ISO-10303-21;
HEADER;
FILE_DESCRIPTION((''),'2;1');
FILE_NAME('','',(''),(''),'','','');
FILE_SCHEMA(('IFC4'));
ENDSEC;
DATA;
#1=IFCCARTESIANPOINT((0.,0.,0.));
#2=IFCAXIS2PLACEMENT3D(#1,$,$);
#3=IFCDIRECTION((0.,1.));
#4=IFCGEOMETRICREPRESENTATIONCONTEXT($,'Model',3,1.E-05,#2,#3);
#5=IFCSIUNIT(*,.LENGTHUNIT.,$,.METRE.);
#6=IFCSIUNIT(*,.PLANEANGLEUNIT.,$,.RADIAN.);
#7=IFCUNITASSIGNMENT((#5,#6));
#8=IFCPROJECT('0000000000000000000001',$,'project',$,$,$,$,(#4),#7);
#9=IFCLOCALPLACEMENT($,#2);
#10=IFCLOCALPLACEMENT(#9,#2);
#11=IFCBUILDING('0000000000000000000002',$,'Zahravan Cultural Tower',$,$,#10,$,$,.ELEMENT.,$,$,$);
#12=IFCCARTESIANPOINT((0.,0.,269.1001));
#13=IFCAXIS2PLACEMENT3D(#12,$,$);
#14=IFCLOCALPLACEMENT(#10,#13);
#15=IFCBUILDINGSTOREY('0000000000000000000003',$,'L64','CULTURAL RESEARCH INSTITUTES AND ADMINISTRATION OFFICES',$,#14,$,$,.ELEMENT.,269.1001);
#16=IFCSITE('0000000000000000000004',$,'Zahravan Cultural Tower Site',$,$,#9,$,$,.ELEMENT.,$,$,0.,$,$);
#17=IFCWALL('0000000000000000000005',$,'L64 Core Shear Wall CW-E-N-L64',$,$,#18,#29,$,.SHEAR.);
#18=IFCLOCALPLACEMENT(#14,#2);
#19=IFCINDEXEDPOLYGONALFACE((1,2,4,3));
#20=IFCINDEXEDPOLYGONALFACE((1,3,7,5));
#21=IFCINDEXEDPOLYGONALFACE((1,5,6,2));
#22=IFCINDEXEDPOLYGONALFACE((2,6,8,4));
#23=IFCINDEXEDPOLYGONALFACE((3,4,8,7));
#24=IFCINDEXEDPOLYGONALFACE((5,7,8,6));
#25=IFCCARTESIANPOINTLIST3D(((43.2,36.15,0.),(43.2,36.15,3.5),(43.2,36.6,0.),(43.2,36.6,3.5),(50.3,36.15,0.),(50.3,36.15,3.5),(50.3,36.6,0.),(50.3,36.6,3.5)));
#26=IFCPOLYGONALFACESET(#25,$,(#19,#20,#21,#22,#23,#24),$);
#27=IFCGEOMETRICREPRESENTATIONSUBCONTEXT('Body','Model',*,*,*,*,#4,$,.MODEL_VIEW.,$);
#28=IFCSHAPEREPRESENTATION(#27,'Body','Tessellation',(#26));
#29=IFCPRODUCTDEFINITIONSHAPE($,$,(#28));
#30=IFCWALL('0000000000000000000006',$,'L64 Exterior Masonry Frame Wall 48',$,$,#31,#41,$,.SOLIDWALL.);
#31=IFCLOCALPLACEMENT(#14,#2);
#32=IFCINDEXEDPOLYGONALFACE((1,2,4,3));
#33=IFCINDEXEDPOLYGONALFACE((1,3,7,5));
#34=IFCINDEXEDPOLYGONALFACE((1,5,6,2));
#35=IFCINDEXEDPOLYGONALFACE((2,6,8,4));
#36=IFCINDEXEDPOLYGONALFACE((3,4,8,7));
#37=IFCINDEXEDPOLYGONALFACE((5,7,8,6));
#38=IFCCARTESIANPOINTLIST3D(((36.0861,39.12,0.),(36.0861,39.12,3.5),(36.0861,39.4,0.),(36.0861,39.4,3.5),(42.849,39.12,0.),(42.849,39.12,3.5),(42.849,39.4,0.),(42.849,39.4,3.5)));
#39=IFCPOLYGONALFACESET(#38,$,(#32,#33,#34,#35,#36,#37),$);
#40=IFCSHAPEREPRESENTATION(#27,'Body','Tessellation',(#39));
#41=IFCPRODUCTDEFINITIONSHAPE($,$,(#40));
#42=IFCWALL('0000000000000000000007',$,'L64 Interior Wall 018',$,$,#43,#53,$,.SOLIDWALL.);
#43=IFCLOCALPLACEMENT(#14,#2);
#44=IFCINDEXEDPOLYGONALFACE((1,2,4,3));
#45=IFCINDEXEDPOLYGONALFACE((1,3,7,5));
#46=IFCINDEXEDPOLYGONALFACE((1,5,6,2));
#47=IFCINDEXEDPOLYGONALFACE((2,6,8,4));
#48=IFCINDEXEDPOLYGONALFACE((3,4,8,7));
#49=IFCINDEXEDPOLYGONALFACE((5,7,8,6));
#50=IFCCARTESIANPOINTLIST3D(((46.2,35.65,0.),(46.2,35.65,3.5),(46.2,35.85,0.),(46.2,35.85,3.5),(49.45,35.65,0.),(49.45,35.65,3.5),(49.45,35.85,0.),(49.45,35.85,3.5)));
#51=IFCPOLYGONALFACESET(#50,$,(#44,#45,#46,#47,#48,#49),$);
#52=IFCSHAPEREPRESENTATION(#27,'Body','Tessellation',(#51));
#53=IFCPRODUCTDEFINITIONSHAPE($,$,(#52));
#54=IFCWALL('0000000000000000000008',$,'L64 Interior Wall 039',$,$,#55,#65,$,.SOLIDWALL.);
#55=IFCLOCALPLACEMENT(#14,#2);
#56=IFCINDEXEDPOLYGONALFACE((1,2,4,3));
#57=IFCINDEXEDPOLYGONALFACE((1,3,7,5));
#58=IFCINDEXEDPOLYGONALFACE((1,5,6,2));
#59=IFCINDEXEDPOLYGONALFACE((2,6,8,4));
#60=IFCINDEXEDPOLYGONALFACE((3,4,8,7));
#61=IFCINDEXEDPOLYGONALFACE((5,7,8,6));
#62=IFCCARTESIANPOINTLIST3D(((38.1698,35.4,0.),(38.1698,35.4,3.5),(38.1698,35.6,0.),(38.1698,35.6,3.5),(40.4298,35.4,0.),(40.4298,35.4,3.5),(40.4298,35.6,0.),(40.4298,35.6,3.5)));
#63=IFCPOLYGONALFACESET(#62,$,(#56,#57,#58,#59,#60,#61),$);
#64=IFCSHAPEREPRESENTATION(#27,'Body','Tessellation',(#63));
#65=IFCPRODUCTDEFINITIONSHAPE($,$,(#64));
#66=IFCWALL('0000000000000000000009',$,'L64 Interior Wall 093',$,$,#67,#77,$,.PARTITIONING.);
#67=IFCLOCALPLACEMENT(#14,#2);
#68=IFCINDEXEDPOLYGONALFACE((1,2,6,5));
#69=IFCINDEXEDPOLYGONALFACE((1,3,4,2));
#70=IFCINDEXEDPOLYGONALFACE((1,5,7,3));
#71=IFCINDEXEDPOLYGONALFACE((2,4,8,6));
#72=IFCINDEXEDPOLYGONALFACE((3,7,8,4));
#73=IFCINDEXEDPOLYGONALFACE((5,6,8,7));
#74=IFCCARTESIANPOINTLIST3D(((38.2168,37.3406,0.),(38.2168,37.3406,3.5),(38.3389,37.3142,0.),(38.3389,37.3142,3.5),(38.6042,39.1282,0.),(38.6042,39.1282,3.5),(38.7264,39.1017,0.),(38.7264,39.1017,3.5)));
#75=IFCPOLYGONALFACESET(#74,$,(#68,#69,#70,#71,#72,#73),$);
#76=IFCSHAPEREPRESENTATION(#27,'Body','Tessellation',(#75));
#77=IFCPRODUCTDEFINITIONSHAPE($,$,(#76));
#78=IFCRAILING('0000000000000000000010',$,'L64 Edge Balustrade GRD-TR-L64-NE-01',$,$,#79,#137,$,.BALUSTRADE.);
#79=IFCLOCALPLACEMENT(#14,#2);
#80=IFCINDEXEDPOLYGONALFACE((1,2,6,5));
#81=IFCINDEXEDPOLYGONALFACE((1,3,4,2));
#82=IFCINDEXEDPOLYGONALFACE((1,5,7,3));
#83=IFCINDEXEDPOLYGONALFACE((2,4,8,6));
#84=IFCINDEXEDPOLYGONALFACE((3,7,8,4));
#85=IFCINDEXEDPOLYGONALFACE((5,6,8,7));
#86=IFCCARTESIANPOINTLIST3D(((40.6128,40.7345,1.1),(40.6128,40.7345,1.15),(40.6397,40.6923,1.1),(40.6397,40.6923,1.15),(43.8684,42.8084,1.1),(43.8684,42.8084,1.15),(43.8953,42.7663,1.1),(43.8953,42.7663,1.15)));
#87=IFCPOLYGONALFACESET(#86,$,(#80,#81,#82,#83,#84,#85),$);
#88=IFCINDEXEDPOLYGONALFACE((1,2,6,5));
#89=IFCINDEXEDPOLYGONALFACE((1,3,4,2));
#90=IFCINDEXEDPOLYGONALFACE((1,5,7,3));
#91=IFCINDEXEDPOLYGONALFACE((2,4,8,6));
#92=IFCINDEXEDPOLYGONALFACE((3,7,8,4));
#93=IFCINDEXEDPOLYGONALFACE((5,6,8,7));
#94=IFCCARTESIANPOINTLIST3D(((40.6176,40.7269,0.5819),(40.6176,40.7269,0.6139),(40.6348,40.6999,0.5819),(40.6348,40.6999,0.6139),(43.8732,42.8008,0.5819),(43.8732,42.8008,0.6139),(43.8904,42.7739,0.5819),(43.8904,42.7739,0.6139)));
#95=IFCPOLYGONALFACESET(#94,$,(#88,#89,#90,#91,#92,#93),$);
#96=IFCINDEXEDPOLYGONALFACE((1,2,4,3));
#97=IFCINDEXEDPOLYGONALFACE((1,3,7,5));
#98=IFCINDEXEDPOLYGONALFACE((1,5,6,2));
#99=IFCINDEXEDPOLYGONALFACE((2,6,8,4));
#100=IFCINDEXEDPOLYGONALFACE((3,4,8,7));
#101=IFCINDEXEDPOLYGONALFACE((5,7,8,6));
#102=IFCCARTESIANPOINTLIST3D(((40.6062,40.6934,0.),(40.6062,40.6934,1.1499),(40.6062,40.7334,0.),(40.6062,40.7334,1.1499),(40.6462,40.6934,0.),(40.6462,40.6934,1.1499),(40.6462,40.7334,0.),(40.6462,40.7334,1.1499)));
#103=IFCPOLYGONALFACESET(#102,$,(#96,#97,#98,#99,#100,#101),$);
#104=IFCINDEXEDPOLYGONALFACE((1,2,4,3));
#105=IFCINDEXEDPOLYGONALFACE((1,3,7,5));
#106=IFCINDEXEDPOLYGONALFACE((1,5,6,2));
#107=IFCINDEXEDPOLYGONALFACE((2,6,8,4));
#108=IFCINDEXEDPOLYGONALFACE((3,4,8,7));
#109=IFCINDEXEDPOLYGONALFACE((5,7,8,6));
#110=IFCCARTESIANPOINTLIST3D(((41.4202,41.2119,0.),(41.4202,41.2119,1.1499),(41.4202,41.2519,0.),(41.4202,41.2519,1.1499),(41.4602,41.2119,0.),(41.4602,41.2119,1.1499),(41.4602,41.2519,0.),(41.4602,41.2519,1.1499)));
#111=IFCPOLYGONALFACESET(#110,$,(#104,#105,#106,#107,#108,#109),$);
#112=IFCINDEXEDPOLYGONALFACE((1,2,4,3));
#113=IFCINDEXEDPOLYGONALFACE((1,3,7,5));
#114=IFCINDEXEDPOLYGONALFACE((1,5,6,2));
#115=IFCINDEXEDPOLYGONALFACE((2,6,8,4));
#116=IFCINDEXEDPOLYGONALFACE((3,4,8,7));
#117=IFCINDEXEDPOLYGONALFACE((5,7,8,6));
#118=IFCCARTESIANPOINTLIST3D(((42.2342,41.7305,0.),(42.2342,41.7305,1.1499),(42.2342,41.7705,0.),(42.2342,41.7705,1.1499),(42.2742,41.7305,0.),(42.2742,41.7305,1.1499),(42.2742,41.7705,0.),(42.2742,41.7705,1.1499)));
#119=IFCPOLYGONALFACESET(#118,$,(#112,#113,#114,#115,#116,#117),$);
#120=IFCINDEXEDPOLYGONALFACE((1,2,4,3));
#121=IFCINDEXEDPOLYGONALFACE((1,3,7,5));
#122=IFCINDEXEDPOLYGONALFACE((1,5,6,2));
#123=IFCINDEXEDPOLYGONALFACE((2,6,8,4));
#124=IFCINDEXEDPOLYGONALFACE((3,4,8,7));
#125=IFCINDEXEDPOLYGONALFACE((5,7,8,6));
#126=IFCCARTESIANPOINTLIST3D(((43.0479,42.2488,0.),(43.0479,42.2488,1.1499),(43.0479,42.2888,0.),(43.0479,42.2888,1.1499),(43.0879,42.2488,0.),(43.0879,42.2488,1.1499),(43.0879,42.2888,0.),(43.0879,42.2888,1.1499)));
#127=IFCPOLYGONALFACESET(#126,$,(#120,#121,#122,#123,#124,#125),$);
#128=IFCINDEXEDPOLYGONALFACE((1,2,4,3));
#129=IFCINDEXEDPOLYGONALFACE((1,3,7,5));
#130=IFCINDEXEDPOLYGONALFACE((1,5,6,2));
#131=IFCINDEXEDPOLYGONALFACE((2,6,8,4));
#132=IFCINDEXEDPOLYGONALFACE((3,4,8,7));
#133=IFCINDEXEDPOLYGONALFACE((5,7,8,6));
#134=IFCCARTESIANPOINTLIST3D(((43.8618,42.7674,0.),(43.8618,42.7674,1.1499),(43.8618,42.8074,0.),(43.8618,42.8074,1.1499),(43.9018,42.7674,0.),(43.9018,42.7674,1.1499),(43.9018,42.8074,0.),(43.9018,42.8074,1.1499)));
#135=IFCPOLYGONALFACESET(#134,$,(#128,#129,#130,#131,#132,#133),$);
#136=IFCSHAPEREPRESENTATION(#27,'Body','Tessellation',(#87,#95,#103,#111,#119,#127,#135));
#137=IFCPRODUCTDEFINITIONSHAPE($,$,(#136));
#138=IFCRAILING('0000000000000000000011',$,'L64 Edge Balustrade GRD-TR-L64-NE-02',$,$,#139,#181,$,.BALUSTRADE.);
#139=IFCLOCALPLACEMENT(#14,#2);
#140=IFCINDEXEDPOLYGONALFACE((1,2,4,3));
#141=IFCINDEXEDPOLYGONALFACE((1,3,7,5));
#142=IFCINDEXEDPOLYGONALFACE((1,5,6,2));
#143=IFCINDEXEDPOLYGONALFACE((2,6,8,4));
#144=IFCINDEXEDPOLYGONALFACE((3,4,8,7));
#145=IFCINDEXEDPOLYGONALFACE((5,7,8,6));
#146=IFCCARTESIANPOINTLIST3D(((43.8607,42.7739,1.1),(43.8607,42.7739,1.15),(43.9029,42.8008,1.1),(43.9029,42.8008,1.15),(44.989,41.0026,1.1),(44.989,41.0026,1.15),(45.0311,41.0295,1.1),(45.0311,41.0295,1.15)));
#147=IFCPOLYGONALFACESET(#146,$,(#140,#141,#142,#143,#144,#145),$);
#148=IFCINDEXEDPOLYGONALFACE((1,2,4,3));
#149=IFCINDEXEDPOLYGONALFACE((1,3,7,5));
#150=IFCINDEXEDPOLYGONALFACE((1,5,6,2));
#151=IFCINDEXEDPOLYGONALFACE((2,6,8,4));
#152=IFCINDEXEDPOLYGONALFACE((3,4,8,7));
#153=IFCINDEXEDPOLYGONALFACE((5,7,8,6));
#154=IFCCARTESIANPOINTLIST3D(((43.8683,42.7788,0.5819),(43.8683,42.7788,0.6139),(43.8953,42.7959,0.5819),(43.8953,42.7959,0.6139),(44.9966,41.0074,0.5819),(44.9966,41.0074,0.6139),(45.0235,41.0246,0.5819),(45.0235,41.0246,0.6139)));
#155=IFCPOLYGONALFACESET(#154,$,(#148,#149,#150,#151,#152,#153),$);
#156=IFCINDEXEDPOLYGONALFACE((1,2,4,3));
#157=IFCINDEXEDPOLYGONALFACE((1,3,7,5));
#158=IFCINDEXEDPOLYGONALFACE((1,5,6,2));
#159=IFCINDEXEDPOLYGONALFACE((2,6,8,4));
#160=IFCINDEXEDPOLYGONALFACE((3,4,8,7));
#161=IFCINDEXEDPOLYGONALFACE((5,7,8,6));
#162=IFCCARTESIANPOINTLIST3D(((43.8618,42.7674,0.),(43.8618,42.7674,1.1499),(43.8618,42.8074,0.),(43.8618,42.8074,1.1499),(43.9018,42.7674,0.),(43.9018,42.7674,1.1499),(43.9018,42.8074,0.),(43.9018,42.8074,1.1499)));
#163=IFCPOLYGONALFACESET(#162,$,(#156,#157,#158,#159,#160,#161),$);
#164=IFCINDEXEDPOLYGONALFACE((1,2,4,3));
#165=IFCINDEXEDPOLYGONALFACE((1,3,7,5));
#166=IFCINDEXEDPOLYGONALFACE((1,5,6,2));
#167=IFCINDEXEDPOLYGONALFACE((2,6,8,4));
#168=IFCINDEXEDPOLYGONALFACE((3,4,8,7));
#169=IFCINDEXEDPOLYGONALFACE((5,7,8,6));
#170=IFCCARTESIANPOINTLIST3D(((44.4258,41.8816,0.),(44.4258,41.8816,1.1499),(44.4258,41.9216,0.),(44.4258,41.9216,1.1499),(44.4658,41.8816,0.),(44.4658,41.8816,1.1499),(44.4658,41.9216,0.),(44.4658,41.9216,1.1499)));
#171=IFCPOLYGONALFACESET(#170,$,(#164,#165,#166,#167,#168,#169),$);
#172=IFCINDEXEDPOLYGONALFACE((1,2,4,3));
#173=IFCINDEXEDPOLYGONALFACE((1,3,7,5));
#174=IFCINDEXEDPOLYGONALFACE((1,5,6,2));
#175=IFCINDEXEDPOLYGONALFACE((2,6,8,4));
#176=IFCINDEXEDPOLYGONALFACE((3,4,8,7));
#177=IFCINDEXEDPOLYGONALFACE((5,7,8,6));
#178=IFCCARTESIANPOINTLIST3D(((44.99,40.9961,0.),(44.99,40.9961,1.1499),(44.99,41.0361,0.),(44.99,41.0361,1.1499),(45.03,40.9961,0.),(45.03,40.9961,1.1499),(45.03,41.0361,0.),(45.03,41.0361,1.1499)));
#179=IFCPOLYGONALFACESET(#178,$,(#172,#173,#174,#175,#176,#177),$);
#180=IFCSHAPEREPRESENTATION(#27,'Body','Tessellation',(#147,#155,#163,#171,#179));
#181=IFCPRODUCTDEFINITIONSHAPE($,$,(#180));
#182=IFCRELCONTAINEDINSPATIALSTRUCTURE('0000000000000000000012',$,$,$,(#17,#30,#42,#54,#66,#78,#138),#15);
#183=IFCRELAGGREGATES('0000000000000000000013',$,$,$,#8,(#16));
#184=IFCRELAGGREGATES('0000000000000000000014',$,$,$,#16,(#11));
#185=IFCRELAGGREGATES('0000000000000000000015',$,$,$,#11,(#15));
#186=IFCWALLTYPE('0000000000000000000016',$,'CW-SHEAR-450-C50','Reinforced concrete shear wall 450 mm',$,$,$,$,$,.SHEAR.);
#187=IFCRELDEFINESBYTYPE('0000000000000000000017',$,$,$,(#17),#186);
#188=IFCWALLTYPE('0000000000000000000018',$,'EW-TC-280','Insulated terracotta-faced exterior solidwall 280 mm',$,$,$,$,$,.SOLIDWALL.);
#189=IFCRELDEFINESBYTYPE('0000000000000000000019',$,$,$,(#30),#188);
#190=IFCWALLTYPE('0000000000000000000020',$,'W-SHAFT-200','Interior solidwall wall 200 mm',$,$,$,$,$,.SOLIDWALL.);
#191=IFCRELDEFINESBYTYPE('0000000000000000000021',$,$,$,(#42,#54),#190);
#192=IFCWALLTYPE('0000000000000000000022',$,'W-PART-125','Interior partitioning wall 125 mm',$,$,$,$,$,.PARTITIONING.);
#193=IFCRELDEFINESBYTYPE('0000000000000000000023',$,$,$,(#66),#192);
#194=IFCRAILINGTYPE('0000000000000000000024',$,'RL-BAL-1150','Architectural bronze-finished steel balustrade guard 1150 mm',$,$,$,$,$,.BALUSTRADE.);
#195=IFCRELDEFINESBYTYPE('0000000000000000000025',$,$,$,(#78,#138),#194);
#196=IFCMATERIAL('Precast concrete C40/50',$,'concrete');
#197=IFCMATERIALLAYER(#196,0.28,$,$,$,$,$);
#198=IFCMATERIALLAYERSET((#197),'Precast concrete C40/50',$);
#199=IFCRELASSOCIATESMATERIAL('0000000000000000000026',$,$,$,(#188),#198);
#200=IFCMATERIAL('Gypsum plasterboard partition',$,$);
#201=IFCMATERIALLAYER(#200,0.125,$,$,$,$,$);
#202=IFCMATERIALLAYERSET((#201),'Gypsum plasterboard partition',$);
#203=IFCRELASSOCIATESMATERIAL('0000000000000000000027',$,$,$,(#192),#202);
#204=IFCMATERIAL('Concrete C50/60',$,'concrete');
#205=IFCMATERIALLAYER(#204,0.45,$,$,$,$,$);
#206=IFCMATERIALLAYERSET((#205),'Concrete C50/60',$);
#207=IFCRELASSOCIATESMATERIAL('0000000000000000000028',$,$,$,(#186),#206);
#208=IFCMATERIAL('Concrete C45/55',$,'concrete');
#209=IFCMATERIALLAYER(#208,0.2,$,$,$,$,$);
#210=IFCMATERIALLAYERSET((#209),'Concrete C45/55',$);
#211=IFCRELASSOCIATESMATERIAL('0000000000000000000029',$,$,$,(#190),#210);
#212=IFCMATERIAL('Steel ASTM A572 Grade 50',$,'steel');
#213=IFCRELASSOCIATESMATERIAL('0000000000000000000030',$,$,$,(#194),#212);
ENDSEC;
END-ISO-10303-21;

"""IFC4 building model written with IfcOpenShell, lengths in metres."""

from ifc_helpers import new_model, si_unit, direction, frame, frame_2d, origin, origin_2d, place, context, subcontext, project, spatial, rectangle, extrude, source, transform, mapped, material, layer, layer_set, type_object, element, save


model = new_model("IFC4")

# Units and contexts
model_context = context("Model", 3, precision=1e-05, world=origin(), true_north=direction((0.0, 1.0)))
body_context = subcontext(model_context, "Body", "Model", "MODEL_VIEW")
ifc_project = project(units=[si_unit("LENGTHUNIT", "METRE"), si_unit("PLANEANGLEUNIT", "RADIAN")], contexts=[model_context])

# Site, building, storey
site_placement = place(None, origin())
site = spatial("IfcSite", under=ifc_project, at=site_placement, Name="Zahravan Cultural Tower Site", CompositionType="ELEMENT", RefElevation=0.0)
building_placement = place(site_placement, origin())
building = spatial("IfcBuilding", under=site, at=building_placement, Name="Zahravan Cultural Tower", CompositionType="ELEMENT")
storey_placement = place(building_placement, frame((0.0, 0.0, 269.1001)))
storey = spatial("IfcBuildingStorey", under=building, at=storey_placement, Name="L64", Description="CULTURAL RESEARCH INSTITUTES AND ADMINISTRATION OFFICES", CompositionType="ELEMENT", Elevation=269.1001)

# Shared definitions
ifc_material_1 = material(Name="Concrete C50/60", Category="concrete")

# Shared definitions
ifc_material_2 = material(Name="Concrete C45/55", Category="concrete")

# Shared definitions
ifc_material_3 = material(Name="Precast concrete C40/50", Category="concrete")
ifc_layer_1 = layer(ifc_material_3, 0.28)
ifc_layer_set_1 = layer_set([ifc_layer_1], Name="Precast concrete C40/50")
wall_type_1 = type_object("IfcWallType", Name="EW-TC-280", Description="Insulated terracotta-faced exterior solidwall 280 mm", PredefinedType="SOLIDWALL", material=ifc_layer_set_1)
ifc_material_4 = material(Name="Gypsum plasterboard partition")
ifc_layer_2 = layer(ifc_material_4, 0.125)
ifc_layer_set_2 = layer_set([ifc_layer_2], Name="Gypsum plasterboard partition")
wall_type_2 = type_object("IfcWallType", Name="W-PART-125", Description="Interior partitioning wall 125 mm", PredefinedType="PARTITIONING", material=ifc_layer_set_2)

# Walls
ifc_layer_3 = layer(ifc_material_1, 0.45)
ifc_layer_set_3 = layer_set([ifc_layer_3], Name="Concrete C50/60")
wall_type_3 = type_object("IfcWallType", Name="CW-SHEAR-450-C50", Description="Reinforced concrete shear wall 450 mm", PredefinedType="SHEAR", material=ifc_layer_set_3)
shared_shape_1 = source(origin(), body_context, "Body", "SweptSolid", [
    extrude(rectangle(XDim=7.1001, YDim=0.45, at=frame_2d((3.55, 0.0))), origin(), (0.0, 0.0, 1.0), 3.5),
])
wall_1_placement = place(storey_placement, frame((43.2, 36.375, 0.0), z_axis=(0.0, 0.0, 1.0), x_axis=(1.0, 0.0, 0.0)))
element("IfcWall", 1, at=wall_1_placement, inside=storey, type_object=wall_type_3, Name="L64 Core Shear Wall CW-E-N-L64", PredefinedType="SHEAR", context=body_context, shape_type="MappedRepresentation", body=[
    mapped(shared_shape_1, transform((0.0, 0.0, 0.0), x_axis=(1.0, 0.0, 0.0), y_axis=(0.0, 1.0, 0.0), z_axis=(0.0, 0.0, 1.0), scale=1.0)),
])
shared_shape_2 = source(origin(), body_context, "Body", "SweptSolid", [
    extrude(rectangle(XDim=6.7629, YDim=0.28, at=frame_2d((3.3813, 0.0))), origin(), (0.0, 0.0, 1.0), 3.5),
])
wall_2_placement = place(storey_placement, frame((36.0862, 39.26, 0.0), z_axis=(0.0, 0.0, 1.0), x_axis=(1.0, 0.0, 0.0)))
element("IfcWall", 2, at=wall_2_placement, inside=storey, type_object=wall_type_1, Name="L64 Exterior Masonry Frame Wall 48", PredefinedType="SOLIDWALL", context=body_context, shape_type="MappedRepresentation", body=[
    mapped(shared_shape_2, transform((0.0, 0.0, 0.0), x_axis=(1.0, 0.0, 0.0), y_axis=(0.0, 1.0, 0.0), z_axis=(0.0, 0.0, 1.0), scale=1.0)),
])
ifc_layer_4 = layer(ifc_material_2, 0.2)
ifc_layer_set_4 = layer_set([ifc_layer_4], Name="Concrete C45/55")
wall_type_4 = type_object("IfcWallType", Name="W-SHAFT-200", Description="Interior solidwall wall 200 mm", PredefinedType="SOLIDWALL", material=ifc_layer_set_4)
shared_shape_3 = source(origin(), body_context, "Body", "SweptSolid", [
    extrude(rectangle(XDim=3.25, YDim=0.2, at=frame_2d((1.625, 0.0))), origin(), (0.0, 0.0, 1.0), 3.5),
])
wall_3_placement = place(storey_placement, frame((46.2, 35.75, 0.0), z_axis=(0.0, 0.0, 1.0), x_axis=(1.0, 0.0, 0.0)))
element("IfcWall", 3, at=wall_3_placement, inside=storey, type_object=wall_type_4, Name="L64 Interior Wall 018", PredefinedType="SOLIDWALL", context=body_context, shape_type="MappedRepresentation", body=[
    mapped(shared_shape_3, transform((0.0, 0.0, 0.0), x_axis=(1.0, 0.0, 0.0), y_axis=(0.0, 1.0, 0.0), z_axis=(0.0, 0.0, 1.0), scale=1.0)),
])
shared_shape_4 = source(origin(), body_context, "Body", "SweptSolid", [
    extrude(rectangle(XDim=2.26, YDim=0.2, at=frame_2d((1.1299, 0.0))), origin(), (0.0, 0.0, 1.0), 3.5),
])
wall_4_placement = place(storey_placement, frame((38.1699, 35.5, 0.0), z_axis=(0.0, 0.0, 1.0), x_axis=(1.0, 0.0, 0.0)))
element("IfcWall", 4, at=wall_4_placement, inside=storey, type_object=wall_type_4, Name="L64 Interior Wall 039", PredefinedType="SOLIDWALL", context=body_context, shape_type="MappedRepresentation", body=[
    mapped(shared_shape_4, transform((0.0, 0.0, 0.0), x_axis=(1.0, 0.0, 0.0), y_axis=(0.0, 1.0, 0.0), z_axis=(0.0, 0.0, 1.0), scale=1.0)),
])
shared_shape_5 = source(origin(), body_context, "Body", "SweptSolid", [
    extrude(rectangle(XDim=1.8291, YDim=0.125, at=frame_2d((0.9146, 0.0))), origin(), (0.0, 0.0, 1.0), 3.5),
])
wall_5_placement = place(storey_placement, frame((38.2778, 37.3274, 0.0), z_axis=(0.0, 0.0, 1.0), x_axis=(0.211826, 0.977307, 0.0)))
element("IfcWall", 5, at=wall_5_placement, inside=storey, type_object=wall_type_2, Name="L64 Interior Wall 093", PredefinedType="PARTITIONING", context=body_context, shape_type="MappedRepresentation", body=[
    mapped(shared_shape_5, transform((0.0, 0.0, 0.0), x_axis=(1.0, 0.0, 0.0), y_axis=(0.0, 1.0, 0.0), z_axis=(0.0, 0.0, 1.0), scale=1.0)),
])

# Railings
ifc_material_5 = material(Name="Steel ASTM A572 Grade 50", Category="steel")
railing_type = type_object("IfcRailingType", Name="RL-BAL-1150", Description="Architectural bronze-finished steel balustrade guard 1150 mm", PredefinedType="BALUSTRADE", material=ifc_material_5)
railing_1_placement = place(storey_placement, frame((40.6262, 40.7134, 0.0)))
element("IfcRailing", 6, at=railing_1_placement, inside=storey, type_object=railing_type, Name="L64 Edge Balustrade GRD-TR-L64-NE-01", PredefinedType="BALUSTRADE", context=body_context, shape_type="SweptSolid", body=[
    extrude(rectangle(XDim=0.05, YDim=0.05, at=origin_2d()), frame((0.0, 0.0, 1.125), z_axis=(0.843401, 0.537285, 0.0), x_axis=(-0.537285, 0.843401, 0.0)), (0.0, 0.0, 1.0), 3.8601),
    extrude(rectangle(XDim=0.032, YDim=0.032, at=origin_2d()), frame((0.0, 0.0, 0.5979), z_axis=(0.843401, 0.537285, 0.0), x_axis=(-0.537285, 0.843401, 0.0)), (0.0, 0.0, 1.0), 3.8601),
    extrude(rectangle(XDim=0.04, YDim=0.04, at=origin_2d()), origin(), (0.0, 0.0, 1.0), 1.1499),
    extrude(rectangle(XDim=0.04, YDim=0.04, at=origin_2d()), frame((0.814, 0.5186, 0.0)), (0.0, 0.0, 1.0), 1.1499),
    extrude(rectangle(XDim=0.04, YDim=0.04, at=origin_2d()), frame((1.6279, 1.0371, 0.0)), (0.0, 0.0, 1.0), 1.1499),
    extrude(rectangle(XDim=0.04, YDim=0.04, at=origin_2d()), frame((2.4417, 1.5554, 0.0)), (0.0, 0.0, 1.0), 1.1499),
    extrude(rectangle(XDim=0.04, YDim=0.04, at=origin_2d()), frame((3.2556, 2.074, 0.0)), (0.0, 0.0, 1.0), 1.1499),
])
railing_2_placement = place(storey_placement, frame((43.8818, 42.7874, 0.0)))
element("IfcRailing", 7, at=railing_2_placement, inside=storey, type_object=railing_type, Name="L64 Edge Balustrade GRD-TR-L64-NE-02", PredefinedType="BALUSTRADE", context=body_context, shape_type="SweptSolid", body=[
    extrude(rectangle(XDim=0.05, YDim=0.05, at=origin_2d()), frame((0.0, 0.0, 1.125), z_axis=(0.537221, -0.843441, 0.0), x_axis=(0.843441, 0.537221, 0.0)), (0.0, 0.0, 1.0), 2.1001),
    extrude(rectangle(XDim=0.032, YDim=0.032, at=origin_2d()), frame((0.0, 0.0, 0.5979), z_axis=(0.537221, -0.843441, 0.0), x_axis=(0.843441, 0.537221, 0.0)), (0.0, 0.0, 1.0), 2.1001),
    extrude(rectangle(XDim=0.04, YDim=0.04, at=origin_2d()), origin(), (0.0, 0.0, 1.0), 1.1499),
    extrude(rectangle(XDim=0.04, YDim=0.04, at=origin_2d()), frame((0.564, -0.8857, 0.0)), (0.0, 0.0, 1.0), 1.1499),
    extrude(rectangle(XDim=0.04, YDim=0.04, at=origin_2d()), frame((1.1282, -1.7712, 0.0)), (0.0, 0.0, 1.0), 1.1499),
])

save(model, "model.ifc")
